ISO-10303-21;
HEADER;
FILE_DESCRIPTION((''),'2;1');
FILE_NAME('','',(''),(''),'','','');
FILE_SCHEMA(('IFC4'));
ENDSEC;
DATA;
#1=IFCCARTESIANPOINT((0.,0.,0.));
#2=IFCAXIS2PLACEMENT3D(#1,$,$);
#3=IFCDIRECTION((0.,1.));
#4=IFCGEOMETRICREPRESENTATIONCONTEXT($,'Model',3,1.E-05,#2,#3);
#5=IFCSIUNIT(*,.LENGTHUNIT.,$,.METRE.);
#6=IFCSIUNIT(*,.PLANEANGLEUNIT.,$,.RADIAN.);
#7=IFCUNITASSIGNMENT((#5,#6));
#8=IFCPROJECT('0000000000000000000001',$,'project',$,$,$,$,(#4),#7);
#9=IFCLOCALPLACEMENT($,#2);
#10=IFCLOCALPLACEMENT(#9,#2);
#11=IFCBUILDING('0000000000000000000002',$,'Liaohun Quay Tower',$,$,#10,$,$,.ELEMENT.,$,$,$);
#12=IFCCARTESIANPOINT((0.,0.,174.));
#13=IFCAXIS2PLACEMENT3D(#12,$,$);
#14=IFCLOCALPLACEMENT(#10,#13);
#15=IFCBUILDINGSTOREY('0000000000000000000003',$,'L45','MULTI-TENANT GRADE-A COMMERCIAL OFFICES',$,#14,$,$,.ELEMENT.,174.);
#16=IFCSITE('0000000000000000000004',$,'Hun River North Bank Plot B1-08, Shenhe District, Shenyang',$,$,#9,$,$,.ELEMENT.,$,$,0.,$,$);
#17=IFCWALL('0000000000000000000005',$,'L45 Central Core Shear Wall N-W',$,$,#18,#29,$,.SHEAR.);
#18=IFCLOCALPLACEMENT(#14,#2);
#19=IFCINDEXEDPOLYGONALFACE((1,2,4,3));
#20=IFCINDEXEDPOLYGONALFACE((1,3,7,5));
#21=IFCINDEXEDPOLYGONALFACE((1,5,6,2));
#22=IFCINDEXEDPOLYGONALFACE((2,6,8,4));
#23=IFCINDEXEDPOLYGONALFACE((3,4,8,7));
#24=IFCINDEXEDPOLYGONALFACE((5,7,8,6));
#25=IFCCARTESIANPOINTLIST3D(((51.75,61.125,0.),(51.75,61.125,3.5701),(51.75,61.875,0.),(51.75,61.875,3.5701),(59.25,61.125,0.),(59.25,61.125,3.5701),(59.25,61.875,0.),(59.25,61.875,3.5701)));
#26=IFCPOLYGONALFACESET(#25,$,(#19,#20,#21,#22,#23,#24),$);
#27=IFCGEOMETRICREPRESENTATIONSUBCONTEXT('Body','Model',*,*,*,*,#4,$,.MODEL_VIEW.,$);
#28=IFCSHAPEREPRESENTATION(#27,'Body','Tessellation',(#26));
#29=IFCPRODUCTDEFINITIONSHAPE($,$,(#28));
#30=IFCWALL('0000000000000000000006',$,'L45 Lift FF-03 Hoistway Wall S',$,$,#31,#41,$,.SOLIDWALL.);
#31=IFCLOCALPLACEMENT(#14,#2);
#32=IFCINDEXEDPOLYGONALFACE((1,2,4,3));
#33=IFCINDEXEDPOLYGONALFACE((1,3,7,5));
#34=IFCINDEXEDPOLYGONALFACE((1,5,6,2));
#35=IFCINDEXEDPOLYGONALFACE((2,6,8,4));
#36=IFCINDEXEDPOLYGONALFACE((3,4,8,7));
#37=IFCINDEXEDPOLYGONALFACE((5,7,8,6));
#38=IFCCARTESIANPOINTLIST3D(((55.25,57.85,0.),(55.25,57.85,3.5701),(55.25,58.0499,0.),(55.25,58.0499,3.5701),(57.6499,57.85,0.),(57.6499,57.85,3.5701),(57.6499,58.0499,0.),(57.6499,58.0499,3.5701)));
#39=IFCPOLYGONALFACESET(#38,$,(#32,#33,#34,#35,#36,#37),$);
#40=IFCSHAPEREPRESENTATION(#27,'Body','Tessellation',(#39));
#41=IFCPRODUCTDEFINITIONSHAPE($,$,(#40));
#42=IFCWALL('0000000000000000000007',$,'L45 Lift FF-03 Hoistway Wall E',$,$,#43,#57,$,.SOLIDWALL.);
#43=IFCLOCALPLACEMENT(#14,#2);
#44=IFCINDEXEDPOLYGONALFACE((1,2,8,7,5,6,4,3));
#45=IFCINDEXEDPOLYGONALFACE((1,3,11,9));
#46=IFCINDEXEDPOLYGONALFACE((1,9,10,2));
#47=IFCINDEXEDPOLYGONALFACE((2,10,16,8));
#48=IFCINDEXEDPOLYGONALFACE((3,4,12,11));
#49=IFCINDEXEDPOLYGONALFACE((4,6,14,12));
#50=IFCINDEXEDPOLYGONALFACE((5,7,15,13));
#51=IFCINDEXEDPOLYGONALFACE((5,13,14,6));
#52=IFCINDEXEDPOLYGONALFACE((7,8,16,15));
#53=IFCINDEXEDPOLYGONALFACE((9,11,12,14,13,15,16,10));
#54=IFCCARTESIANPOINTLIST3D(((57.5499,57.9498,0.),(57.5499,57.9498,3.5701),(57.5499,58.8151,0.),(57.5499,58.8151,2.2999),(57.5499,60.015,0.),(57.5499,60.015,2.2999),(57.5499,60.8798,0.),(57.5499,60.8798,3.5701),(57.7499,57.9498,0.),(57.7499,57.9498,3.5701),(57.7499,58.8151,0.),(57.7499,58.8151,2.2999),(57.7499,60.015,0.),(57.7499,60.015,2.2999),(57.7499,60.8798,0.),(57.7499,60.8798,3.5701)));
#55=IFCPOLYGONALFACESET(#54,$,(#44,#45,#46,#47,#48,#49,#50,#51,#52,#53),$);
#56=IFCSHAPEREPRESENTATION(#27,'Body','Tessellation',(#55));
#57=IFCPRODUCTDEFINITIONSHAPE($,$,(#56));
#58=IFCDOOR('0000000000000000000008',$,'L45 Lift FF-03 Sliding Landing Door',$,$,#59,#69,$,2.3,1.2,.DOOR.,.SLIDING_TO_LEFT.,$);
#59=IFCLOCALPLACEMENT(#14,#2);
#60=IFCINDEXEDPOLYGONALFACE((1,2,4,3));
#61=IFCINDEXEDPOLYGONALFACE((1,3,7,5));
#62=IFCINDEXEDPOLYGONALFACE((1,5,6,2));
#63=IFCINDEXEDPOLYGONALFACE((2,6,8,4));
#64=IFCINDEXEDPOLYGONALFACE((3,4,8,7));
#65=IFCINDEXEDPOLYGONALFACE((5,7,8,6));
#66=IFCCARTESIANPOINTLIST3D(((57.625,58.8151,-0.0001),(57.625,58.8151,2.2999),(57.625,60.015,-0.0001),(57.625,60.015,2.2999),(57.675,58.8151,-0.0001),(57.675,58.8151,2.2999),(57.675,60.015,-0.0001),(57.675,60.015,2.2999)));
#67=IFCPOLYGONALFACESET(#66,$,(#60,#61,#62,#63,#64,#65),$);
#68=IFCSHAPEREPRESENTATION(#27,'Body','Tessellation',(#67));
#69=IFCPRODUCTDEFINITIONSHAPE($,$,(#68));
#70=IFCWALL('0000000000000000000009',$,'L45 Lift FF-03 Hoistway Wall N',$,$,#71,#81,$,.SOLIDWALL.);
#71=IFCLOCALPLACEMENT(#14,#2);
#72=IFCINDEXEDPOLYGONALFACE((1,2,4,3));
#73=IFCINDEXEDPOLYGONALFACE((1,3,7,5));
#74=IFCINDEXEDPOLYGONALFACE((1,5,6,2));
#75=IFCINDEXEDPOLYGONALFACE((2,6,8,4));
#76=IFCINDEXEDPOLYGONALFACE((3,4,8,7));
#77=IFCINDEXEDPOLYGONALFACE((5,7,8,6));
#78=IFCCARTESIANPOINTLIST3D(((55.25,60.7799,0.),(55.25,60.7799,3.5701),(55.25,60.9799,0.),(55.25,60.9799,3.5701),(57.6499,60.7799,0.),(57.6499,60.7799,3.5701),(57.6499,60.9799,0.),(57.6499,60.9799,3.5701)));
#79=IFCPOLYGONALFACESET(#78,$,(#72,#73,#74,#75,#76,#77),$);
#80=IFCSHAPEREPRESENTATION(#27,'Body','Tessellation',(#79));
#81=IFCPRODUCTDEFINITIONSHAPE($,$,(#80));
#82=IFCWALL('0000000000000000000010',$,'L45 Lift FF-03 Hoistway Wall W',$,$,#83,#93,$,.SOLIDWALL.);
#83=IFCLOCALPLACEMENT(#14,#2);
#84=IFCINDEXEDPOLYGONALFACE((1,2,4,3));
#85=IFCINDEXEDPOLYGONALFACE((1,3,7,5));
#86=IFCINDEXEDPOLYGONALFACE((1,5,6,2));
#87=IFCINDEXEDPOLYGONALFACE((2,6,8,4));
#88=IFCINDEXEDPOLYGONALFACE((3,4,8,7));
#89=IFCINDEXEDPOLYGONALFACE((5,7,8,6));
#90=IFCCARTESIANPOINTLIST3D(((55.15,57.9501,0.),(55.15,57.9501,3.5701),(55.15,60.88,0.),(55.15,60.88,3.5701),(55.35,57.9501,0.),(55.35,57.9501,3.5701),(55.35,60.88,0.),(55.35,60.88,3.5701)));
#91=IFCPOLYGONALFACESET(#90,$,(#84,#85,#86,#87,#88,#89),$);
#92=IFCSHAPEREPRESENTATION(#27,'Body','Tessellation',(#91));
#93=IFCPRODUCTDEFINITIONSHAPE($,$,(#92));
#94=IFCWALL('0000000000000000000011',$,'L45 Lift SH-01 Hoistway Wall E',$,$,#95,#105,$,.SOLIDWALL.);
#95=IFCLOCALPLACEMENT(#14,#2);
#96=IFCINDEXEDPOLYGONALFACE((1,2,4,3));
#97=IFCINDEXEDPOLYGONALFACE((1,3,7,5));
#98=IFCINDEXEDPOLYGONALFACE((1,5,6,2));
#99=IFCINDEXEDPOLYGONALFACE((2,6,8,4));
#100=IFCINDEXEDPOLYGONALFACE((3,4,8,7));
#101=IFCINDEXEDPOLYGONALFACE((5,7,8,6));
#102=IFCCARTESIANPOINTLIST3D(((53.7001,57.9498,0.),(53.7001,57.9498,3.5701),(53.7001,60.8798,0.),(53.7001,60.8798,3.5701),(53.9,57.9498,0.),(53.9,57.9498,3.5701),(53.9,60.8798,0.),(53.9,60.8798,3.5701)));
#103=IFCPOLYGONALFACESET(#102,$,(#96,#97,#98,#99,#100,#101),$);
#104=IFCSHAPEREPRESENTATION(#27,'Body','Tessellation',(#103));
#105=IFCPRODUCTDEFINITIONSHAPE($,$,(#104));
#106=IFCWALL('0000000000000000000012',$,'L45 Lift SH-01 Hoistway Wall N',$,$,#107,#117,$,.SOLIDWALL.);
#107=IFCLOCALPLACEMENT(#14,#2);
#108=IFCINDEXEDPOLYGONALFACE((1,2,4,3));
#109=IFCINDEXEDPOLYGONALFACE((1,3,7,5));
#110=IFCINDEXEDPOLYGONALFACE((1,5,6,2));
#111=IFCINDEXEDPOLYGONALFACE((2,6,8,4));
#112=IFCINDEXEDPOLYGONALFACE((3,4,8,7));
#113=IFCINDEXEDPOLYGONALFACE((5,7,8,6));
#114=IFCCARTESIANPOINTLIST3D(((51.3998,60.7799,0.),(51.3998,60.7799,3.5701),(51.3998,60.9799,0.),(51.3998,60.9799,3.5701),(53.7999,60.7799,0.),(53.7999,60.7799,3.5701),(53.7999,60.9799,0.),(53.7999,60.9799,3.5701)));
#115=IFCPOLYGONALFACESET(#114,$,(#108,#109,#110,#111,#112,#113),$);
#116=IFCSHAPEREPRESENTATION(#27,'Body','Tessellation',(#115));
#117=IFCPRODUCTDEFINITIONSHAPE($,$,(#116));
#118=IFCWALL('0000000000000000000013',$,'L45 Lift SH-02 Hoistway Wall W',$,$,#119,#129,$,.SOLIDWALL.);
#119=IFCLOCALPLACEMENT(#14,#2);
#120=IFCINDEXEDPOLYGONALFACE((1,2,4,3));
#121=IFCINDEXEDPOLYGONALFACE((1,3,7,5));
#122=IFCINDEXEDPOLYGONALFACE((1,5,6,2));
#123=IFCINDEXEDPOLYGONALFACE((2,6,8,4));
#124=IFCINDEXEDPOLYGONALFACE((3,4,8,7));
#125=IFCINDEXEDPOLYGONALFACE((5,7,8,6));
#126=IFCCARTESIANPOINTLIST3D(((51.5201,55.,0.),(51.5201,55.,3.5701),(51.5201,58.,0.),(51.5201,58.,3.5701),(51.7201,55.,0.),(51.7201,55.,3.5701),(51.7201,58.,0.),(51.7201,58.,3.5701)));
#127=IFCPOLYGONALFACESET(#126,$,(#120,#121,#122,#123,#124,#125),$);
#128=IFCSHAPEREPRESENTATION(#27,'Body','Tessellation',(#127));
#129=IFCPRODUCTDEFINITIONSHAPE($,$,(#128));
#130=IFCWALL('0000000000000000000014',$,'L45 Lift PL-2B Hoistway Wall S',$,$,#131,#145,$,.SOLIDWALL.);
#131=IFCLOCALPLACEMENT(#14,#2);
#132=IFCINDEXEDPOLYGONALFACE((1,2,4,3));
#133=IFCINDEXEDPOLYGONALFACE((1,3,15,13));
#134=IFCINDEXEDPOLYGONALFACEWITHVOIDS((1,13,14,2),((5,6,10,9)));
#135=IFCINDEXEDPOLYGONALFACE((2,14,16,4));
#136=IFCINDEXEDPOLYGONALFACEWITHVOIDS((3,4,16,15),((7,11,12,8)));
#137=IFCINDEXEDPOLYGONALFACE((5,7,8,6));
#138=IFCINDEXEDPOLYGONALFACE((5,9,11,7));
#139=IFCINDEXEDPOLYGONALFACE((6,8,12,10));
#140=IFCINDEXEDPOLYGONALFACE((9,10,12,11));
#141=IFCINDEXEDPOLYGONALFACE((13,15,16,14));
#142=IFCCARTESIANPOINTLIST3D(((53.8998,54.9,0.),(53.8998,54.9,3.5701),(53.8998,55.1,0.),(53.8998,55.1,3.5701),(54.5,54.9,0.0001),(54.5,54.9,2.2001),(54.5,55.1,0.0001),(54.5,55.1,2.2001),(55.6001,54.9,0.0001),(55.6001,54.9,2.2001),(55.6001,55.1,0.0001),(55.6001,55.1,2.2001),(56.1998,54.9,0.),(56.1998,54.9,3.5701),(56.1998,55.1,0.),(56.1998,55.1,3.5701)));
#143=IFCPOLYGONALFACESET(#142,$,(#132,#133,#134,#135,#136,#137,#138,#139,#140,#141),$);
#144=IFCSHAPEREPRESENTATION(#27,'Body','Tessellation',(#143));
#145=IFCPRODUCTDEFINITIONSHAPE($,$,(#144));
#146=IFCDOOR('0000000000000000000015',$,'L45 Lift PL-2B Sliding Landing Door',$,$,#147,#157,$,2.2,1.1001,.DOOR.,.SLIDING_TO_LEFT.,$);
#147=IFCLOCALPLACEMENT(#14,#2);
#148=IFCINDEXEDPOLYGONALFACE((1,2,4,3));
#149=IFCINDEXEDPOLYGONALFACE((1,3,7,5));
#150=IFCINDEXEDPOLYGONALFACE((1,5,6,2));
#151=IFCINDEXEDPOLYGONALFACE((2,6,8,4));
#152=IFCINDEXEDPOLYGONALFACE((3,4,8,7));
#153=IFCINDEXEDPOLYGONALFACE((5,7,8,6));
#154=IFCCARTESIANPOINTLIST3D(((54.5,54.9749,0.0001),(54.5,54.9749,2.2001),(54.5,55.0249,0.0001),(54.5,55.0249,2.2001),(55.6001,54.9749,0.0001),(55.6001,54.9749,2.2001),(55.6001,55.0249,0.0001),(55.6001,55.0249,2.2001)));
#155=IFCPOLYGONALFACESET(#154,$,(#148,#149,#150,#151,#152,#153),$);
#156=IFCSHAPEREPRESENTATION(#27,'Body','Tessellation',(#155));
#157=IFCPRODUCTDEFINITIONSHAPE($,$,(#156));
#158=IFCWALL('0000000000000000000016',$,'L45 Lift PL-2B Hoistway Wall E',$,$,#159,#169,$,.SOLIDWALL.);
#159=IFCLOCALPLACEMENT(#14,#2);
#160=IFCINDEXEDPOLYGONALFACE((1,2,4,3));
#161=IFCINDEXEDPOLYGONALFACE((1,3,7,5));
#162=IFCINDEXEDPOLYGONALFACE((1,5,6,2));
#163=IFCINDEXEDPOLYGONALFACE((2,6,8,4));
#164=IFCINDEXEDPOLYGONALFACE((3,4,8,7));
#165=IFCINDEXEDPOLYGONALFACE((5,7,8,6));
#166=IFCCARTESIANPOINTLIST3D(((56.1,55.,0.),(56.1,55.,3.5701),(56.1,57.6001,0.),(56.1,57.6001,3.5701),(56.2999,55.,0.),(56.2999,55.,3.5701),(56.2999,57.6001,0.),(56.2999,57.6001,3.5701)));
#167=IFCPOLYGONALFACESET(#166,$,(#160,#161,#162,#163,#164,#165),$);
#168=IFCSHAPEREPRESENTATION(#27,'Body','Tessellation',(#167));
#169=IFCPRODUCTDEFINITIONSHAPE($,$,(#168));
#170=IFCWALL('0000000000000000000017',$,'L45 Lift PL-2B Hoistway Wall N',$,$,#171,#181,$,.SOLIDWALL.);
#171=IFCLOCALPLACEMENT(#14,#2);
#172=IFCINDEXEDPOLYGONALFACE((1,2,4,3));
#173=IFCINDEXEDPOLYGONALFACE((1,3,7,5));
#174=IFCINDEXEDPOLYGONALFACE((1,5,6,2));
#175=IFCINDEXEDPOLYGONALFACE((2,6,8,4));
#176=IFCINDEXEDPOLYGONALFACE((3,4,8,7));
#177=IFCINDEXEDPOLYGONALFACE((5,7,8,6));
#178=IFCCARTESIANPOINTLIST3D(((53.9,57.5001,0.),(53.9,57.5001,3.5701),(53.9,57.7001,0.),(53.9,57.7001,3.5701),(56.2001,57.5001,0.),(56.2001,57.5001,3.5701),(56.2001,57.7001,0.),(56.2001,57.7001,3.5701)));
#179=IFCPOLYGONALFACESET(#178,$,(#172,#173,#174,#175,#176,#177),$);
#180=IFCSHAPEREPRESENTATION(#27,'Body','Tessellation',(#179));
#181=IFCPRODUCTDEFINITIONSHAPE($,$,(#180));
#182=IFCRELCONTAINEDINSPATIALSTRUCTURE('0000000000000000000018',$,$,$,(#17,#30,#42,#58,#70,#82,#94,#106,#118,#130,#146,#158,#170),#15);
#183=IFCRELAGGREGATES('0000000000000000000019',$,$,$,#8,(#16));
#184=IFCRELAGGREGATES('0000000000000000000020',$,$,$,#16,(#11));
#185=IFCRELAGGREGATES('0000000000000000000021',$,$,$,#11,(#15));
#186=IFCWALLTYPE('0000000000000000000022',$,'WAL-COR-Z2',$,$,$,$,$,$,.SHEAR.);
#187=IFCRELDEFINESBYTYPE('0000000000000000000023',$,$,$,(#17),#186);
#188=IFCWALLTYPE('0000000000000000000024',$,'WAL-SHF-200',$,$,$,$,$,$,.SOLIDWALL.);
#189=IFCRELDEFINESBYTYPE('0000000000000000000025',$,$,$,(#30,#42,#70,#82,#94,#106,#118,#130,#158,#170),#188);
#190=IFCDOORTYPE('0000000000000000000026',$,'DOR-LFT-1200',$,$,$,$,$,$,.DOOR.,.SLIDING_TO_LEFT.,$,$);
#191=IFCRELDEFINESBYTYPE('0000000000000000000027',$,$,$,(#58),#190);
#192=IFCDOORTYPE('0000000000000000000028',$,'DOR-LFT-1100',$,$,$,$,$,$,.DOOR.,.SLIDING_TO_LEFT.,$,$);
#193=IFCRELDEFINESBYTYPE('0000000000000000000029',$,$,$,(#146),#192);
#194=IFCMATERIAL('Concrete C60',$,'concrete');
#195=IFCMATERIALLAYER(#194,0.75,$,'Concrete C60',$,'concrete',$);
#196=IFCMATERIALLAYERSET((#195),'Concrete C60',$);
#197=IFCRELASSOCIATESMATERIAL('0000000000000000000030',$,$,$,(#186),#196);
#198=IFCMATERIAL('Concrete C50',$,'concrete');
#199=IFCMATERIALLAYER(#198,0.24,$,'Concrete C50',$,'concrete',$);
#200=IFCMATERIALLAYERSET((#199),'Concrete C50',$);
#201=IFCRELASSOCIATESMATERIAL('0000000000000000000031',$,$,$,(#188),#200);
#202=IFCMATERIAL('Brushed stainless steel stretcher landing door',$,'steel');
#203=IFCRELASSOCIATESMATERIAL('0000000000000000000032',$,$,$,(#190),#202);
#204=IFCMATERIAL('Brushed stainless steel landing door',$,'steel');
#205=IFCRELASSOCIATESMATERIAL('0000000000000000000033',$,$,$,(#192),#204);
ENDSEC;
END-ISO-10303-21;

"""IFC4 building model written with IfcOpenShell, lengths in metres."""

from ifc_helpers import new_model, si_unit, direction, frame, frame_2d, origin, place, context, subcontext, project, spatial, rectangle, extrude, source, transform, mapped, material, layer, layer_set, type_object, element, fill, save


model = new_model("IFC4")

# Units and contexts
model_context = context("Model", 3, precision=1e-05, world=origin(), true_north=direction((0.0, 1.0)))
body_context = subcontext(model_context, "Body", "Model", "MODEL_VIEW")
ifc_project = project(units=[si_unit("LENGTHUNIT", "METRE"), si_unit("PLANEANGLEUNIT", "RADIAN")], contexts=[model_context])

# Site, building, storey
site_placement = place(None, origin())
site = spatial("IfcSite", under=ifc_project, at=site_placement, Name="Hun River North Bank Plot B1-08, Shenhe District, Shenyang", CompositionType="ELEMENT", RefElevation=0.0)
building_placement = place(site_placement, origin())
building = spatial("IfcBuilding", under=site, at=building_placement, Name="Liaohun Quay Tower", CompositionType="ELEMENT")
storey_placement = place(building_placement, frame((0.0, 0.0, 174.0)))
storey = spatial("IfcBuildingStorey", under=building, at=storey_placement, Name="L45", Description="MULTI-TENANT GRADE-A COMMERCIAL OFFICES", CompositionType="ELEMENT", Elevation=174.0)

# Walls
ifc_material_1 = material(Name="Concrete C60", Category="concrete")
ifc_layer_1 = layer(ifc_material_1, 0.75, Name="Concrete C60", Category="concrete")
ifc_layer_set_1 = layer_set([ifc_layer_1], Name="Concrete C60")
wall_type_1 = type_object("IfcWallType", Name="WAL-COR-Z2", PredefinedType="SHEAR", material=ifc_layer_set_1)
wall_1_placement = place(storey_placement, frame((51.75, 61.5, 0.0), z_axis=(0.0, 0.0, 1.0), x_axis=(1.0, 0.0, 0.0)))
element("IfcWall", 1, at=wall_1_placement, inside=storey, type_object=wall_type_1, Name="L45 Central Core Shear Wall N-W", PredefinedType="SHEAR", context=body_context, shape_type="SweptSolid", body=[
    extrude(rectangle(XDim=7.5, YDim=0.75, at=frame_2d((3.75, 0.0))), origin(), (0.0, 0.0, 1.0), 3.5701),
])
ifc_material_2 = material(Name="Concrete C50", Category="concrete")
ifc_layer_2 = layer(ifc_material_2, 0.24, Name="Concrete C50", Category="concrete")
ifc_layer_set_2 = layer_set([ifc_layer_2], Name="Concrete C50")
wall_type_2 = type_object("IfcWallType", Name="WAL-SHF-200", PredefinedType="SOLIDWALL", material=ifc_layer_set_2)
wall_2_placement = place(storey_placement, frame((55.25, 57.95, 0.0), z_axis=(0.0, 0.0, 1.0), x_axis=(1.0, 0.0, 0.0)))
element("IfcWall", 2, at=wall_2_placement, inside=storey, type_object=wall_type_2, Name="L45 Lift FF-03 Hoistway Wall S", PredefinedType="SOLIDWALL", context=body_context, shape_type="SweptSolid", body=[
    extrude(rectangle(XDim=2.3999, YDim=0.2, at=frame_2d((1.2, 0.0))), origin(), (0.0, 0.0, 1.0), 3.5701),
])

# Wall, opening, door
wall_3_placement = place(storey_placement, frame((57.6499, 57.95, 0.0), z_axis=(0.0, 0.0, 1.0), x_axis=(0.0, 1.0, 0.0)))
wall_3 = element("IfcWall", 3, at=wall_3_placement, inside=storey, type_object=wall_type_2, Name="L45 Lift FF-03 Hoistway Wall E", PredefinedType="SOLIDWALL", context=body_context, shape_type="SweptSolid", body=[
    extrude(rectangle(XDim=2.9299, YDim=0.2, at=frame_2d((1.4648, 0.0))), origin(), (0.0, 0.0, 1.0), 3.5701),
])
shared_shape_1 = source(origin(), body_context, "Body", "SweptSolid", [
    extrude(rectangle(XDim=1.2, YDim=2.3, at=frame_2d((0.6001, 1.1499))), frame((0.0, 0.1099, 0.0), z_axis=(0.0, -1.0, 0.0), x_axis=(1.0, 0.0, 0.0)), (0.0, 0.0, 1.0), 0.22),
])
opening_1_placement = place(wall_3_placement, frame((0.865, 0.0, 0.0)))
opening_1 = element("IfcOpeningElement", 4, at=opening_1_placement, cuts=wall_3, PredefinedType="OPENING", context=body_context, shape_type="MappedRepresentation", body=[
    mapped(shared_shape_1, transform((0.0, 0.0, 0.0), x_axis=(1.0, 0.0, 0.0), y_axis=(0.0, 1.0, 0.0), z_axis=(0.0, 0.0, 1.0), scale=1.0)),
])
ifc_material_3 = material(Name="Brushed stainless steel stretcher landing door", Category="steel")
door_type_1 = type_object("IfcDoorType", Name="DOR-LFT-1200", OperationType="SLIDING_TO_LEFT", PredefinedType="DOOR", material=ifc_material_3)
shared_shape_2 = source(origin(), body_context, "Body", "SweptSolid", [
    extrude(rectangle(XDim=1.2, YDim=2.3, at=frame_2d((0.6001, 1.1499))), frame((0.0, 0.0249, 0.0), z_axis=(0.0, -1.0, 0.0), x_axis=(1.0, 0.0, 0.0)), (0.0, 0.0, 1.0), 0.05),
])
door_1_placement = place(opening_1_placement, origin())
door_1 = element("IfcDoor", 5, at=door_1_placement, inside=storey, type_object=door_type_1, Name="L45 Lift FF-03 Sliding Landing Door", OperationType="SLIDING_TO_LEFT", OverallHeight=2.3, OverallWidth=1.2, PredefinedType="DOOR", context=body_context, shape_type="MappedRepresentation", body=[
    mapped(shared_shape_2, transform((0.0, 0.0, 0.0), x_axis=(1.0, 0.0, 0.0), y_axis=(0.0, 1.0, 0.0), z_axis=(0.0, 0.0, 1.0), scale=1.0)),
])
fill(opening_1, door_1)

# Walls
wall_4_placement = place(storey_placement, frame((57.6499, 60.8799, 0.0), z_axis=(0.0, 0.0, 1.0), x_axis=(-1.0, 0.0, 0.0)))
element("IfcWall", 6, at=wall_4_placement, inside=storey, type_object=wall_type_2, Name="L45 Lift FF-03 Hoistway Wall N", PredefinedType="SOLIDWALL", context=body_context, shape_type="SweptSolid", body=[
    extrude(rectangle(XDim=2.3999, YDim=0.2, at=frame_2d((1.2, 0.0))), origin(), (0.0, 0.0, 1.0), 3.5701),
])
for number, where, z_axis, x_axis, name in (
    (7, (55.25, 60.8799, 0.0), (0.0, 0.0, 1.0), (0.0, -1.0, 0.0), "L45 Lift FF-03 Hoistway Wall W"),
    (8, (53.8, 57.95, 0.0), (0.0, 0.0, 1.0), (0.0, 1.0, 0.0), "L45 Lift SH-01 Hoistway Wall E"),
):
    element("IfcWall", number, at=place(storey_placement, frame(where, z_axis=z_axis, x_axis=x_axis)), inside=storey, type_object=wall_type_2, Name=name, PredefinedType="SOLIDWALL", context=body_context, shape_type="SweptSolid", body=[
        extrude(rectangle(XDim=2.9299, YDim=0.2, at=frame_2d((1.4648, 0.0))), origin(), (0.0, 0.0, 1.0), 3.5701),
    ])
wall_5_placement = place(storey_placement, frame((53.8, 60.8799, 0.0), z_axis=(0.0, 0.0, 1.0), x_axis=(-1.0, 0.0, 0.0)))
element("IfcWall", 9, at=wall_5_placement, inside=storey, type_object=wall_type_2, Name="L45 Lift SH-01 Hoistway Wall N", PredefinedType="SOLIDWALL", context=body_context, shape_type="SweptSolid", body=[
    extrude(rectangle(XDim=2.4001, YDim=0.2, at=frame_2d((1.2002, 0.0))), origin(), (0.0, 0.0, 1.0), 3.5701),
])
wall_6_placement = place(storey_placement, frame((51.6201, 58.0, 0.0), z_axis=(0.0, 0.0, 1.0), x_axis=(0.0, -1.0, 0.0)))
element("IfcWall", 10, at=wall_6_placement, inside=storey, type_object=wall_type_2, Name="L45 Lift SH-02 Hoistway Wall W", PredefinedType="SOLIDWALL", context=body_context, shape_type="SweptSolid", body=[
    extrude(rectangle(XDim=3.0, YDim=0.2, at=frame_2d((1.5, 0.0))), origin(), (0.0, 0.0, 1.0), 3.5701),
])

# Wall, opening, door
wall_7_placement = place(storey_placement, frame((53.8999, 55.0, 0.0), z_axis=(0.0, 0.0, 1.0), x_axis=(1.0, 0.0, 0.0)))
wall_7 = element("IfcWall", 11, at=wall_7_placement, inside=storey, type_object=wall_type_2, Name="L45 Lift PL-2B Hoistway Wall S", PredefinedType="SOLIDWALL", context=body_context, shape_type="SweptSolid", body=[
    extrude(rectangle(XDim=2.3, YDim=0.2, at=frame_2d((1.1499, 0.0))), origin(), (0.0, 0.0, 1.0), 3.5701),
])
shared_shape_3 = source(origin(), body_context, "Body", "SweptSolid", [
    extrude(rectangle(XDim=1.1001, YDim=2.2, at=frame_2d((0.55, 1.1001))), frame((0.0, 0.1099, 0.0), z_axis=(0.0, -1.0, 0.0), x_axis=(1.0, 0.0, 0.0)), (0.0, 0.0, 1.0), 0.22),
])
opening_2_placement = place(wall_7_placement, frame((0.6001, 0.0, 0.0)))
opening_2 = element("IfcOpeningElement", 12, at=opening_2_placement, cuts=wall_7, PredefinedType="OPENING", context=body_context, shape_type="MappedRepresentation", body=[
    mapped(shared_shape_3, transform((0.0, 0.0, 0.0), x_axis=(1.0, 0.0, 0.0), y_axis=(0.0, 1.0, 0.0), z_axis=(0.0, 0.0, 1.0), scale=1.0)),
])
ifc_material_4 = material(Name="Brushed stainless steel landing door", Category="steel")
door_type_2 = type_object("IfcDoorType", Name="DOR-LFT-1100", OperationType="SLIDING_TO_LEFT", PredefinedType="DOOR", material=ifc_material_4)
shared_shape_4 = source(origin(), body_context, "Body", "SweptSolid", [
    extrude(rectangle(XDim=1.1001, YDim=2.2, at=frame_2d((0.55, 1.1001))), frame((0.0, 0.0249, 0.0), z_axis=(0.0, -1.0, 0.0), x_axis=(1.0, 0.0, 0.0)), (0.0, 0.0, 1.0), 0.05),
])
door_2_placement = place(opening_2_placement, origin())
door_2 = element("IfcDoor", 13, at=door_2_placement, inside=storey, type_object=door_type_2, Name="L45 Lift PL-2B Sliding Landing Door", OperationType="SLIDING_TO_LEFT", OverallHeight=2.2, OverallWidth=1.1001, PredefinedType="DOOR", context=body_context, shape_type="MappedRepresentation", body=[
    mapped(shared_shape_4, transform((0.0, 0.0, 0.0), x_axis=(1.0, 0.0, 0.0), y_axis=(0.0, 1.0, 0.0), z_axis=(0.0, 0.0, 1.0), scale=1.0)),
])
fill(opening_2, door_2)

# Walls
wall_8_placement = place(storey_placement, frame((56.2, 55.0, 0.0), z_axis=(0.0, 0.0, 1.0), x_axis=(0.0, 1.0, 0.0)))
element("IfcWall", 14, at=wall_8_placement, inside=storey, type_object=wall_type_2, Name="L45 Lift PL-2B Hoistway Wall E", PredefinedType="SOLIDWALL", context=body_context, shape_type="SweptSolid", body=[
    extrude(rectangle(XDim=2.6001, YDim=0.2, at=frame_2d((1.3, 0.0))), origin(), (0.0, 0.0, 1.0), 3.5701),
])
wall_9_placement = place(storey_placement, frame((56.2, 57.6001, 0.0), z_axis=(0.0, 0.0, 1.0), x_axis=(-1.0, 0.0, 0.0)))
element("IfcWall", 15, at=wall_9_placement, inside=storey, type_object=wall_type_2, Name="L45 Lift PL-2B Hoistway Wall N", PredefinedType="SOLIDWALL", context=body_context, shape_type="SweptSolid", body=[
    extrude(rectangle(XDim=2.3, YDim=0.2, at=frame_2d((1.1499, 0.0))), origin(), (0.0, 0.0, 1.0), 3.5701),
])

save(model, "model.ifc")
